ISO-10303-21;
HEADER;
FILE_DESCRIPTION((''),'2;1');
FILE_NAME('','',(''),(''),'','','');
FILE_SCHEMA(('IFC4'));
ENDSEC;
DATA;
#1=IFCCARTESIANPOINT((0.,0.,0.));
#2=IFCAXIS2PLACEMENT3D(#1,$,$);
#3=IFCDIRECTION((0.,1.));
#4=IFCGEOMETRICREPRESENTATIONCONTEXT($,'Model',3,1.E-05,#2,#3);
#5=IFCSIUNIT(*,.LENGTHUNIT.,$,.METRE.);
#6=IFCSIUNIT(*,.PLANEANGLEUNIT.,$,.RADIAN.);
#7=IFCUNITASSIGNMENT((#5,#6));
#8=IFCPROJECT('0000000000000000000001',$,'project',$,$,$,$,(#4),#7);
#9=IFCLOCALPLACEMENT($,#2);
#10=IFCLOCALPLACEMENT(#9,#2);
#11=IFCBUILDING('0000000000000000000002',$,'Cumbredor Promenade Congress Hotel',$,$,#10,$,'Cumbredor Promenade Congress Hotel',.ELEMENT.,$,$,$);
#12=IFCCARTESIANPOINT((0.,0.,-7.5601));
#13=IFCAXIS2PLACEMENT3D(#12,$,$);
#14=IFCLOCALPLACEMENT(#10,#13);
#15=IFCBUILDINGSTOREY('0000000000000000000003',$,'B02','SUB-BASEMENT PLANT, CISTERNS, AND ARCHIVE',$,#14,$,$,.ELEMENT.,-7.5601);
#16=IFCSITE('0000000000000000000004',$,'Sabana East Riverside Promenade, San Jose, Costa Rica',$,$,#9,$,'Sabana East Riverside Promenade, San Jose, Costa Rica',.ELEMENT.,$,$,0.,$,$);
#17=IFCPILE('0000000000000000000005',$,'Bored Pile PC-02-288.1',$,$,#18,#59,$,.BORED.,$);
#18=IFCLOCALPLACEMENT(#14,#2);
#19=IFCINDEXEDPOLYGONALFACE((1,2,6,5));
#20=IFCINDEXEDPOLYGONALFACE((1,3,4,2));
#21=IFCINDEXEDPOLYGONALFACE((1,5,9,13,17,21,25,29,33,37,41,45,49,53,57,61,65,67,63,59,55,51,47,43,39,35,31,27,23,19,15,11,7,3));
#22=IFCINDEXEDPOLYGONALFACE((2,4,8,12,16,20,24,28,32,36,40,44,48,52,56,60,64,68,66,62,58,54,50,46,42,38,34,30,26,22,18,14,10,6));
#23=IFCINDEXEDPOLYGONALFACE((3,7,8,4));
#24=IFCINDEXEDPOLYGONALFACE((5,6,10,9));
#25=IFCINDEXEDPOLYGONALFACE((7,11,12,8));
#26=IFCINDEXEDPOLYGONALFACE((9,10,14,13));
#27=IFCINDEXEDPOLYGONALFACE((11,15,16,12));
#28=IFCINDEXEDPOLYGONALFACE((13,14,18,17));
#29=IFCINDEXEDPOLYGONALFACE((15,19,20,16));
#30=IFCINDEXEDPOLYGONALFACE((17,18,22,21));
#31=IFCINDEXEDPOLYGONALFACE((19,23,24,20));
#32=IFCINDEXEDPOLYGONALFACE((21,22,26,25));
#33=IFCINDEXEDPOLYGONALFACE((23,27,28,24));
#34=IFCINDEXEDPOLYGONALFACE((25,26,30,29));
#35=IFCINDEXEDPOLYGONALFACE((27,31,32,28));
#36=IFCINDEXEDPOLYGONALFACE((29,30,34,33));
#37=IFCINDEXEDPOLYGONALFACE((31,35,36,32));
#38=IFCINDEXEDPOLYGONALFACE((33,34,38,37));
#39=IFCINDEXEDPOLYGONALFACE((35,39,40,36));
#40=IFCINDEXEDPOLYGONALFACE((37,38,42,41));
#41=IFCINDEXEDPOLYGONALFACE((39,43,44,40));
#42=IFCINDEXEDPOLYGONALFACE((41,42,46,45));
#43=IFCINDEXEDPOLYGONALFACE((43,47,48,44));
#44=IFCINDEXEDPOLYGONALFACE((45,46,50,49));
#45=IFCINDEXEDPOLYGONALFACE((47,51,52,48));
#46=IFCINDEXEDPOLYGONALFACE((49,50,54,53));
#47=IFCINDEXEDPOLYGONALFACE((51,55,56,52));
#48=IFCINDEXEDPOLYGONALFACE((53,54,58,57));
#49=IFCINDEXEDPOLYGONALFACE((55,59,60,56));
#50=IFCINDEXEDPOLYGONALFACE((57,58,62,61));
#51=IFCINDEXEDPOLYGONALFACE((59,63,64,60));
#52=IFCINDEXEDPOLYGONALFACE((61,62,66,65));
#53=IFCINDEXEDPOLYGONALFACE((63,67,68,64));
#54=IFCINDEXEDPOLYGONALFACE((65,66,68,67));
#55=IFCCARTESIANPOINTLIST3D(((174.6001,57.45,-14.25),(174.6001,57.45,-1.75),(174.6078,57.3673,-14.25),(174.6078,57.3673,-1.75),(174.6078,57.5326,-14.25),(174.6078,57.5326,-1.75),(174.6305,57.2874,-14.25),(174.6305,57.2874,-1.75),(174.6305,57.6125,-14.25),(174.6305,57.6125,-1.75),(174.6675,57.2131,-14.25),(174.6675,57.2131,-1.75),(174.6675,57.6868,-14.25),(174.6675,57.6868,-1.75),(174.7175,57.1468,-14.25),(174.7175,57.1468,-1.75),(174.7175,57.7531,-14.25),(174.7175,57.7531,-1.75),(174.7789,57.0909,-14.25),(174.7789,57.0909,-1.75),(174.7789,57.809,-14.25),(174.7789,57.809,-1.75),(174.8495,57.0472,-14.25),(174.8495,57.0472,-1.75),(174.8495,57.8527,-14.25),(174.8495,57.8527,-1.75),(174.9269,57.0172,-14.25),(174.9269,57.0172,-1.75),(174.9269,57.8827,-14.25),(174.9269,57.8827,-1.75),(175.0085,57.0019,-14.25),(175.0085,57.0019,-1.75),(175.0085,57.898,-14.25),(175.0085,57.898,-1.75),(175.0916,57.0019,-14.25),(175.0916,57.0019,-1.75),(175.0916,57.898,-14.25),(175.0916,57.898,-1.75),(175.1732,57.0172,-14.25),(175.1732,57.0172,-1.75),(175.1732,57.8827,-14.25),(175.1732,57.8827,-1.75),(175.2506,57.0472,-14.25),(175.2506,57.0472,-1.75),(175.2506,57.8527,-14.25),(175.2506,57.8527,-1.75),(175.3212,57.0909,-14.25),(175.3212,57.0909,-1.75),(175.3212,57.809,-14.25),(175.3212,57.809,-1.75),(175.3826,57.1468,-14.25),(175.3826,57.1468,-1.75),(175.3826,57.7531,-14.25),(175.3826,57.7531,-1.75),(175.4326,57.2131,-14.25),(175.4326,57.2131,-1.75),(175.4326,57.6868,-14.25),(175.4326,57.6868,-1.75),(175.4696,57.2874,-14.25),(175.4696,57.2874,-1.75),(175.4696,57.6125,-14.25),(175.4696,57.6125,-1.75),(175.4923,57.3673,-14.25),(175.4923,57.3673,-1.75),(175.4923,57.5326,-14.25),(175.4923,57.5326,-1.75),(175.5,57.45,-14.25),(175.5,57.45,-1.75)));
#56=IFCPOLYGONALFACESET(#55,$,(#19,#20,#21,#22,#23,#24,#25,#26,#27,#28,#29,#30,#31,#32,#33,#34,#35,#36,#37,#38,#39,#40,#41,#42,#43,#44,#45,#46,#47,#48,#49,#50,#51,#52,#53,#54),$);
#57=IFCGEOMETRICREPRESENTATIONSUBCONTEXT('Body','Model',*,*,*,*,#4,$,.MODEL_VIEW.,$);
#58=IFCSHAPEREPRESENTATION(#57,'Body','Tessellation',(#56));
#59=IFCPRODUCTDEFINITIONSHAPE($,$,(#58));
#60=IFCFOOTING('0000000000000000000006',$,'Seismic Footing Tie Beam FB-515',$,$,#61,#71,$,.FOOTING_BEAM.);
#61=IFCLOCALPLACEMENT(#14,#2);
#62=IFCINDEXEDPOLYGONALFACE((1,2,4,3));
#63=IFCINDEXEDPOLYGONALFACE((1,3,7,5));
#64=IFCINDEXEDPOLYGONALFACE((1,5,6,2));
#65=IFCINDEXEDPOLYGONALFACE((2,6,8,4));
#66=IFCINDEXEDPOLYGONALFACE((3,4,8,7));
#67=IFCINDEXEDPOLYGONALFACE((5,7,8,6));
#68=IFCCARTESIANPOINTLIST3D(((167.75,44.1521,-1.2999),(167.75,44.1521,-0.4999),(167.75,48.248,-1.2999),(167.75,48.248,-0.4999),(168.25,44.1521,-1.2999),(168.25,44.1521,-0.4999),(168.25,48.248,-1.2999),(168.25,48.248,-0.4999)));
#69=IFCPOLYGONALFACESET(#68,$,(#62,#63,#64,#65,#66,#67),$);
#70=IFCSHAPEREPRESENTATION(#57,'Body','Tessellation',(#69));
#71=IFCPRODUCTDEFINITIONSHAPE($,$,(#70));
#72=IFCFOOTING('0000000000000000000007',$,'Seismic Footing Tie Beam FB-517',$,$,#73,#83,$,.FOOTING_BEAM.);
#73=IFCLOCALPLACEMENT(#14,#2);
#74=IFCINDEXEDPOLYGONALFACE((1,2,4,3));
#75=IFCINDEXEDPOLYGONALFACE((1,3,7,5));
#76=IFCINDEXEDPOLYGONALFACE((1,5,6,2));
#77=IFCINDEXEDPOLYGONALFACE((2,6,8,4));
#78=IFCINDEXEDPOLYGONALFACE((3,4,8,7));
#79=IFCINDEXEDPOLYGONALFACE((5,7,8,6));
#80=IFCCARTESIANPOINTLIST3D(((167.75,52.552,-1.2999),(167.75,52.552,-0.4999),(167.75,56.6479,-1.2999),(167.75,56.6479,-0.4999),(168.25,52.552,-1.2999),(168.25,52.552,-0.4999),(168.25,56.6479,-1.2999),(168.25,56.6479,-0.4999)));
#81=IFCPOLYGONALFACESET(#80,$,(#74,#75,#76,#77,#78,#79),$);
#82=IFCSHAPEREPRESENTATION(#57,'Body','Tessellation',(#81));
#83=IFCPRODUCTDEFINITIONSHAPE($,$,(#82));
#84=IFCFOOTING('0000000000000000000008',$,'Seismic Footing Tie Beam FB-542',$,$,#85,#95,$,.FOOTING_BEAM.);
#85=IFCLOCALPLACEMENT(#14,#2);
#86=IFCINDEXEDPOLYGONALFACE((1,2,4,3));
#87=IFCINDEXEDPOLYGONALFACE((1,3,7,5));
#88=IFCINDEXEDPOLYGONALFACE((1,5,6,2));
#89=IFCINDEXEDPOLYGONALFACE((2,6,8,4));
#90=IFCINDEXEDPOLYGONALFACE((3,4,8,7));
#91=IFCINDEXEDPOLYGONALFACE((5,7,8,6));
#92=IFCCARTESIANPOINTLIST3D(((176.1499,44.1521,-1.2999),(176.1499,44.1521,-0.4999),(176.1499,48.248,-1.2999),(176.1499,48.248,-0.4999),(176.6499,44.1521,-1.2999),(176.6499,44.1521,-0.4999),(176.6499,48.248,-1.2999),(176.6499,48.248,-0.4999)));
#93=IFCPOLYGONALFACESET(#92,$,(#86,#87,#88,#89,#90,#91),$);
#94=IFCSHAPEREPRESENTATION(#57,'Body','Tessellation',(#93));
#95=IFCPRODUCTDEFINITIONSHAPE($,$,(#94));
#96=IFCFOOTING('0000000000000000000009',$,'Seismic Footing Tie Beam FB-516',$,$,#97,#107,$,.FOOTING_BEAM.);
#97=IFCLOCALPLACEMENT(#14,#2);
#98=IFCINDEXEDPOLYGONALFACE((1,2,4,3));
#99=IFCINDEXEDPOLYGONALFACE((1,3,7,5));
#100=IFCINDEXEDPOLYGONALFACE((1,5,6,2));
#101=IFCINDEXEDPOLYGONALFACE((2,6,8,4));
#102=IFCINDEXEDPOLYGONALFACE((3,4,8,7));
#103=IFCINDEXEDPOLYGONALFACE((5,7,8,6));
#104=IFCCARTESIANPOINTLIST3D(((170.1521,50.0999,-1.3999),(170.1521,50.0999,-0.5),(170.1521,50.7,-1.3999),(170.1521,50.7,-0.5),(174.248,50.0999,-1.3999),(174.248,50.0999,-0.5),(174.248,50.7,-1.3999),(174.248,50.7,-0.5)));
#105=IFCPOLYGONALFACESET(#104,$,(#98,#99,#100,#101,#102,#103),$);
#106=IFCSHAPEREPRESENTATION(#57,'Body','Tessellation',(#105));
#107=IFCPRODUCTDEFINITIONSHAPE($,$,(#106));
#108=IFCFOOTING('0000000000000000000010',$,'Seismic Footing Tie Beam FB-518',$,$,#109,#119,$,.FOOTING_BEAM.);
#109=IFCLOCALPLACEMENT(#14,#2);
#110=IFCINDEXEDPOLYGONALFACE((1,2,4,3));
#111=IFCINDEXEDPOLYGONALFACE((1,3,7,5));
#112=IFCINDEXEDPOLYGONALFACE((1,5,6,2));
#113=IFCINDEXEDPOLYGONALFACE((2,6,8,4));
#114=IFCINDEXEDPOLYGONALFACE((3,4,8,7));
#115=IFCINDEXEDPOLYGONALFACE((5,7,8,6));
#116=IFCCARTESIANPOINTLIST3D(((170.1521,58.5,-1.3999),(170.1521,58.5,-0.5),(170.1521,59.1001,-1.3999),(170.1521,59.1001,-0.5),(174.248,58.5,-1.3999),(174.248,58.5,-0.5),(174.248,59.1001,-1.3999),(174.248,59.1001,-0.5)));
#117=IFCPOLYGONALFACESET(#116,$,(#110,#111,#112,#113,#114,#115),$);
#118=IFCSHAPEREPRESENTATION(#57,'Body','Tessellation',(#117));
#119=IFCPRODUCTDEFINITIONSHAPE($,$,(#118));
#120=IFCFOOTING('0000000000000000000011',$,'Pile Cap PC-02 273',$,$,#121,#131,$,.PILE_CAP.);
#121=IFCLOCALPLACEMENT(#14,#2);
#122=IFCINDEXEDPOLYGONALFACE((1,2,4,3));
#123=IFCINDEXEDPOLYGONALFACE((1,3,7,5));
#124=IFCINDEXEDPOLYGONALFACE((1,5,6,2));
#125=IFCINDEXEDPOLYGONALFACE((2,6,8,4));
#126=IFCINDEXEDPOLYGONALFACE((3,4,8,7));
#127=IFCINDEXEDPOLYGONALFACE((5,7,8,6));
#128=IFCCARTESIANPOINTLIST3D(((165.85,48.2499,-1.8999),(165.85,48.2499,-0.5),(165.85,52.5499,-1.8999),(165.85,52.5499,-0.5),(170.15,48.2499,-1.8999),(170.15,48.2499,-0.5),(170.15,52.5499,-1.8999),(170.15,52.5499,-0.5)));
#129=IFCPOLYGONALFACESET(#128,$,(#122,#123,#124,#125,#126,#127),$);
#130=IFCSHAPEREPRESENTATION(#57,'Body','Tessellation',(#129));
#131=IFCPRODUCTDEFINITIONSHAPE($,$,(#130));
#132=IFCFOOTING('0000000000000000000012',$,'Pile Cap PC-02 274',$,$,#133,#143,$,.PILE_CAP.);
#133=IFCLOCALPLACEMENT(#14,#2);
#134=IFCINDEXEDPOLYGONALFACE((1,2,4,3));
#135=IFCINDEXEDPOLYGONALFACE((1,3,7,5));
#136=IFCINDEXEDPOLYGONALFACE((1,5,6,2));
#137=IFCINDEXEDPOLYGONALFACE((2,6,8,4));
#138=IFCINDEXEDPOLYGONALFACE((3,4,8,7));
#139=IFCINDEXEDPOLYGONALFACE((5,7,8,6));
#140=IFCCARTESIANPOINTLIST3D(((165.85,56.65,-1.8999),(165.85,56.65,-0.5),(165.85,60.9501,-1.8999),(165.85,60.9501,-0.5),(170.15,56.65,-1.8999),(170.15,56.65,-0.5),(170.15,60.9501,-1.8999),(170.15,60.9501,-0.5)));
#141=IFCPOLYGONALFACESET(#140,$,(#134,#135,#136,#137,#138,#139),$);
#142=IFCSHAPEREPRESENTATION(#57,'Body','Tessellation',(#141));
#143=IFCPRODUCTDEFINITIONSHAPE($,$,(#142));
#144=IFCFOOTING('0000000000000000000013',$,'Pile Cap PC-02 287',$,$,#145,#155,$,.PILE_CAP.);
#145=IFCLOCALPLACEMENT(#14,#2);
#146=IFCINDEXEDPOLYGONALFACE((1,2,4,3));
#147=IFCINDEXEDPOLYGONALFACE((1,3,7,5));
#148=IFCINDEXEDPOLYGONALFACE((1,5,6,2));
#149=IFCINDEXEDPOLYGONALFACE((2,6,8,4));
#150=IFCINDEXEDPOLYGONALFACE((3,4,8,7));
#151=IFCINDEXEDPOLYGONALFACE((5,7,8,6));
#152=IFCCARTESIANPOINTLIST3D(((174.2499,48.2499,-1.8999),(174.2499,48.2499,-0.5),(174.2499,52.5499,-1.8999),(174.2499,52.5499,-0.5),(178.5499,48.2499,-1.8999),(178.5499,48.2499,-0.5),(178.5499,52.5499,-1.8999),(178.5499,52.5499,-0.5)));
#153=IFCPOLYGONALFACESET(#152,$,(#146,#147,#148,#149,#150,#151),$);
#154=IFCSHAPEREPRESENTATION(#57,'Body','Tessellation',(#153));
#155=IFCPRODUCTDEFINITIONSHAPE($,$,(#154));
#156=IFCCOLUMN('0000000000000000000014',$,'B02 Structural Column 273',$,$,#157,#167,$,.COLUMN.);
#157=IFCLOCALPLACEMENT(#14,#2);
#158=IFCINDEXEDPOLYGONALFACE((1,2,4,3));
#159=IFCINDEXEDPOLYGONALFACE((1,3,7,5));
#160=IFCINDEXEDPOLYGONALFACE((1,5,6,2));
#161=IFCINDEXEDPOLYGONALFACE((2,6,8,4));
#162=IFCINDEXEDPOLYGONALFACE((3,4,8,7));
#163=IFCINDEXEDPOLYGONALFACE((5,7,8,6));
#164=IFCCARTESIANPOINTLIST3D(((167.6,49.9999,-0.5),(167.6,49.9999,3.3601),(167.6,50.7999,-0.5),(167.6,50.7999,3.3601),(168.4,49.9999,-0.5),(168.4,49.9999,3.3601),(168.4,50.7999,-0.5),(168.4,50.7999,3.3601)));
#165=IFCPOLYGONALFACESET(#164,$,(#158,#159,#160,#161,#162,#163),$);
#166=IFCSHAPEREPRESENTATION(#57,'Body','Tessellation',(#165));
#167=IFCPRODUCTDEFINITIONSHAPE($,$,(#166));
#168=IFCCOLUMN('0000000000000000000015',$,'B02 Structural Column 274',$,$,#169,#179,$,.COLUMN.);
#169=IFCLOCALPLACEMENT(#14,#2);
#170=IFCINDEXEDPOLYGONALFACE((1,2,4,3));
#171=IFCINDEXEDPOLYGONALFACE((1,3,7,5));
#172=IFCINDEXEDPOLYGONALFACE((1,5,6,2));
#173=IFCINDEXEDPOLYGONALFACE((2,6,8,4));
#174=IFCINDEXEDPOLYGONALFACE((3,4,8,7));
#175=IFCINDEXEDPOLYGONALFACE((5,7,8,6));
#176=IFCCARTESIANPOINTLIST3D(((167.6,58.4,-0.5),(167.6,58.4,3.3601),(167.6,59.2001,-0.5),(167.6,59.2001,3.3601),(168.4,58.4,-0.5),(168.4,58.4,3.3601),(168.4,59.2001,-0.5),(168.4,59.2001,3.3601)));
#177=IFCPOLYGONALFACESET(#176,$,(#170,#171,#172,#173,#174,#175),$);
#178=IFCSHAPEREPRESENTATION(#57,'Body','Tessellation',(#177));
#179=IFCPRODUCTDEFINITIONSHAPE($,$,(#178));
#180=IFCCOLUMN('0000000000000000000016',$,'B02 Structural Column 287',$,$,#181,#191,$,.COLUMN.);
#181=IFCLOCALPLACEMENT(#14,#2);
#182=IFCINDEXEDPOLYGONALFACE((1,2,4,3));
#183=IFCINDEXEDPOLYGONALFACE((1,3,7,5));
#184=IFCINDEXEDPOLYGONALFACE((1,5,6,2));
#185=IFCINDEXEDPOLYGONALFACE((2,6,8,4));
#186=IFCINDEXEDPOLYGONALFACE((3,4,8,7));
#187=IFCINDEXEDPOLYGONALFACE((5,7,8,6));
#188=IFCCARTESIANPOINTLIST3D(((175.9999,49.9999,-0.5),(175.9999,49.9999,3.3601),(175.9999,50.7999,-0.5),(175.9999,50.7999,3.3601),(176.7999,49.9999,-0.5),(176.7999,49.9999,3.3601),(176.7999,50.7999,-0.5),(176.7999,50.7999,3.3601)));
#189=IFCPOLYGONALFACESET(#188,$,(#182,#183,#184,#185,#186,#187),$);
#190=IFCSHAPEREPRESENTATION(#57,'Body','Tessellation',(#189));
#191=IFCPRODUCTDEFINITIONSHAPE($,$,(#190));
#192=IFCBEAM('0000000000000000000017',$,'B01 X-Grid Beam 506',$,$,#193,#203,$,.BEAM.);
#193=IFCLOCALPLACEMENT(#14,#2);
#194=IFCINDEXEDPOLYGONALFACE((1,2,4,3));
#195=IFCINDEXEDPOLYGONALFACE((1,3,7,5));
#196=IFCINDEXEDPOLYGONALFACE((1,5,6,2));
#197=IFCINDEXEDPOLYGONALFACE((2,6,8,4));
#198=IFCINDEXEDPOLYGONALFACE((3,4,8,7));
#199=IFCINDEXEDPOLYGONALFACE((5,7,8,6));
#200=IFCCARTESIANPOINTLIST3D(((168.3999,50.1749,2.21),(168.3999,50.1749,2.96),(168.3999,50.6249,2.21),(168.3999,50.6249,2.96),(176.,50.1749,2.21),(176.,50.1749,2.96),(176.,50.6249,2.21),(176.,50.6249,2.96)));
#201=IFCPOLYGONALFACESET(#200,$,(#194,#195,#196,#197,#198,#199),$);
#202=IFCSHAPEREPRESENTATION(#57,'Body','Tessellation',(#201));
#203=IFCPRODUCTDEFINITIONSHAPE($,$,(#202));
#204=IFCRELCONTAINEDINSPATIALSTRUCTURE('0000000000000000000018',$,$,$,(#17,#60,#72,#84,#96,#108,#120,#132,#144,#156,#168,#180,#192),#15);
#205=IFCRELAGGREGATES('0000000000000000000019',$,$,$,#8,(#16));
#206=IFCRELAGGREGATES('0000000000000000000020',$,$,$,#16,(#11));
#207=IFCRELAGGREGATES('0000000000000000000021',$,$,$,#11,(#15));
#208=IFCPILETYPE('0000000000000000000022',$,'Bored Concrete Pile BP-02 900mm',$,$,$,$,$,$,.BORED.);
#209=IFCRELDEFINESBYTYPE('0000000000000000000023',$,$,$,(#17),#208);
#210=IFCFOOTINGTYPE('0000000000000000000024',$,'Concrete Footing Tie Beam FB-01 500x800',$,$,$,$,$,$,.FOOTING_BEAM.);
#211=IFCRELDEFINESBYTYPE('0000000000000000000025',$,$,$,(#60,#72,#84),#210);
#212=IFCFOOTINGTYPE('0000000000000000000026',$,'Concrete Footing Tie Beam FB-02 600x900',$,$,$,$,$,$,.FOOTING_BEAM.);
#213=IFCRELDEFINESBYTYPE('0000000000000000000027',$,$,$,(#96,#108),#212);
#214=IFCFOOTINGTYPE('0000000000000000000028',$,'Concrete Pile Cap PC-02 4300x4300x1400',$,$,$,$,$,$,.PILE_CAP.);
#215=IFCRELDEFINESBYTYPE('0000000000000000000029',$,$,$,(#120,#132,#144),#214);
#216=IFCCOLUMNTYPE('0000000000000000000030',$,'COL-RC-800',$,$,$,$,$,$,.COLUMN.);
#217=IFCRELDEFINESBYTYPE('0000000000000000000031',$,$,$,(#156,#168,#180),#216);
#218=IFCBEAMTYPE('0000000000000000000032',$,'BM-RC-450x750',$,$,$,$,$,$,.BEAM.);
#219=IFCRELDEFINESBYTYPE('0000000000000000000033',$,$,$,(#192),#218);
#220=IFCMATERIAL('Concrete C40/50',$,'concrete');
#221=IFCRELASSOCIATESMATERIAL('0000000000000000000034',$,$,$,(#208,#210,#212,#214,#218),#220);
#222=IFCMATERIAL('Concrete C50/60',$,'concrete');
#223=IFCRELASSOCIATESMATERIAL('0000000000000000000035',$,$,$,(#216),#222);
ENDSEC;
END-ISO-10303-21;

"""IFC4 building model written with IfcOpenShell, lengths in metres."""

from ifc_helpers import new_model, si_unit, direction, frame, origin, origin_2d, place, context, subcontext, project, spatial, rectangle, circle, extrude, material, material_profile, profile_set, type_object, element, save


model = new_model("IFC4")

# Units and contexts
model_context = context("Model", 3, precision=1e-05, world=origin(), true_north=direction((0.0, 1.0)))
body_context = subcontext(model_context, "Body", "Model", "MODEL_VIEW")
ifc_project = project(units=[si_unit("LENGTHUNIT", "METRE"), si_unit("PLANEANGLEUNIT", "RADIAN")], contexts=[model_context])

# Site, building, storey
site_placement = place(None, origin())
site = spatial("IfcSite", under=ifc_project, at=site_placement, Name="Sabana East Riverside Promenade, San Jose, Costa Rica", LongName="Sabana East Riverside Promenade, San Jose, Costa Rica", CompositionType="ELEMENT", RefElevation=0.0)
building_placement = place(site_placement, origin())
building = spatial("IfcBuilding", under=site, at=building_placement, Name="Cumbredor Promenade Congress Hotel", LongName="Cumbredor Promenade Congress Hotel", CompositionType="ELEMENT")
storey_placement = place(building_placement, frame((0.0, 0.0, -7.5601)))
storey = spatial("IfcBuildingStorey", under=building, at=storey_placement, Name="B02", Description="SUB-BASEMENT PLANT, CISTERNS, AND ARCHIVE", CompositionType="ELEMENT", Elevation=-7.5601)

# Pile
ifc_material_1 = material(Name="Concrete C40/50", Category="concrete")
ifc_material_profile_1 = material_profile(ifc_material_1, circle(Radius=0.45, at=origin_2d()), Name="PILE D900")
ifc_profile_set_1 = profile_set([ifc_material_profile_1], Name="Concrete C40/50")
pile_type = type_object("IfcPileType", Name="Bored Concrete Pile BP-02 900mm", PredefinedType="BORED", material=ifc_profile_set_1)
for number, where, z_axis, x_axis, name in (
    (1, (175.05, 57.45, -1.75), (0.0, 0.0, -1.0), (1.0, 0.0, 0.0), "Bored Pile PC-02-288.1"),
):
    element("IfcPile", number, at=place(storey_placement, frame(where, z_axis=z_axis, x_axis=x_axis)), inside=storey, type_object=pile_type, Name=name, PredefinedType="BORED", context=body_context, shape_type="SweptSolid", body=[
        extrude(circle(Radius=0.45, at=origin_2d()), origin(), (0.0, 0.0, 1.0), 12.5),
    ])

# Footings
ifc_material_profile_2 = material_profile(ifc_material_1, rectangle(XDim=0.5, YDim=0.8, at=origin_2d()), Name="FB 500x800")
ifc_profile_set_2 = profile_set([ifc_material_profile_2], Name="Concrete C40/50")
footing_type_1 = type_object("IfcFootingType", Name="Concrete Footing Tie Beam FB-01 500x800", PredefinedType="FOOTING_BEAM", material=ifc_profile_set_2)
for number, where, z_axis, x_axis, name in (
    (2, (168.0, 44.1521, -0.8999), (0.0, 1.0, 0.0), (-1.0, 0.0, 0.0), "Seismic Footing Tie Beam FB-515"),
    (3, (168.0, 52.552, -0.8999), (0.0, 1.0, 0.0), (-1.0, 0.0, 0.0), "Seismic Footing Tie Beam FB-517"),
    (4, (176.3999, 44.1521, -0.8999), (0.0, 1.0, 0.0), (-1.0, 0.0, 0.0), "Seismic Footing Tie Beam FB-542"),
):
    element("IfcFooting", number, at=place(storey_placement, frame(where, z_axis=z_axis, x_axis=x_axis)), inside=storey, type_object=footing_type_1, Name=name, PredefinedType="FOOTING_BEAM", context=body_context, shape_type="SweptSolid", body=[
        extrude(rectangle(XDim=0.5, YDim=0.8, at=origin_2d()), origin(), (0.0, 0.0, 1.0), 4.0959),
    ])
ifc_material_profile_3 = material_profile(ifc_material_1, rectangle(XDim=0.6001, YDim=0.8999, at=origin_2d()), Name="FB 600x900")
ifc_profile_set_3 = profile_set([ifc_material_profile_3], Name="Concrete C40/50")
footing_type_2 = type_object("IfcFootingType", Name="Concrete Footing Tie Beam FB-02 600x900", PredefinedType="FOOTING_BEAM", material=ifc_profile_set_3)
for number, where, z_axis, x_axis, name in (
    (5, (170.1521, 50.3999, -0.95), (1.0, 0.0, 0.0), (0.0, 1.0, 0.0), "Seismic Footing Tie Beam FB-516"),
    (6, (170.1521, 58.8, -0.95), (1.0, 0.0, 0.0), (0.0, 1.0, 0.0), "Seismic Footing Tie Beam FB-518"),
):
    element("IfcFooting", number, at=place(storey_placement, frame(where, z_axis=z_axis, x_axis=x_axis)), inside=storey, type_object=footing_type_2, Name=name, PredefinedType="FOOTING_BEAM", context=body_context, shape_type="SweptSolid", body=[
        extrude(rectangle(XDim=0.6001, YDim=0.8999, at=origin_2d()), origin(), (0.0, 0.0, 1.0), 4.0959),
    ])
footing_type_3 = type_object("IfcFootingType", Name="Concrete Pile Cap PC-02 4300x4300x1400", PredefinedType="PILE_CAP", material=ifc_material_1)
for number, where, z_axis, x_axis, name in (
    (7, (168.0, 50.3999, -1.8999), (0.0, 0.0, 1.0), (1.0, 0.0, 0.0), "Pile Cap PC-02 273"),
    (8, (168.0, 58.8, -1.8999), (0.0, 0.0, 1.0), (1.0, 0.0, 0.0), "Pile Cap PC-02 274"),
    (9, (176.3999, 50.3999, -1.8999), (0.0, 0.0, 1.0), (1.0, 0.0, 0.0), "Pile Cap PC-02 287"),
):
    element("IfcFooting", number, at=place(storey_placement, frame(where, z_axis=z_axis, x_axis=x_axis)), inside=storey, type_object=footing_type_3, Name=name, PredefinedType="PILE_CAP", context=body_context, shape_type="SweptSolid", body=[
        extrude(rectangle(XDim=4.3, YDim=4.3, at=origin_2d()), origin(), (0.0, 0.0, 1.0), 1.3999),
    ])

# Columns
ifc_material_2 = material(Name="Concrete C50/60", Category="concrete")
ifc_material_profile_4 = material_profile(ifc_material_2, rectangle(XDim=0.8, YDim=0.8, at=origin_2d()), Name="RC 800x800")
ifc_profile_set_4 = profile_set([ifc_material_profile_4], Name="Concrete C50/60")
column_type = type_object("IfcColumnType", Name="COL-RC-800", PredefinedType="COLUMN", material=ifc_profile_set_4)
for number, where, z_axis, x_axis, name in (
    (10, (168.0, 50.3999, -0.5), (0.0, 0.0, 1.0), (1.0, 0.0, 0.0), "B02 Structural Column 273"),
    (11, (168.0, 58.8, -0.5), (0.0, 0.0, 1.0), (1.0, 0.0, 0.0), "B02 Structural Column 274"),
    (12, (176.3999, 50.3999, -0.5), (0.0, 0.0, 1.0), (1.0, 0.0, 0.0), "B02 Structural Column 287"),
):
    element("IfcColumn", number, at=place(storey_placement, frame(where, z_axis=z_axis, x_axis=x_axis)), inside=storey, type_object=column_type, Name=name, PredefinedType="COLUMN", context=body_context, shape_type="SweptSolid", body=[
        extrude(rectangle(XDim=0.8, YDim=0.8, at=origin_2d()), origin(), (0.0, 0.0, 1.0), 3.8601),
    ])

# Beam
ifc_material_profile_5 = material_profile(ifc_material_1, rectangle(XDim=0.45, YDim=0.75, at=origin_2d()), Name="RC BEAM 450x750")
ifc_profile_set_5 = profile_set([ifc_material_profile_5], Name="Concrete C40/50")
beam_type_1 = type_object("IfcBeamType", Name="BM-RC-450x750", PredefinedType="BEAM", material=ifc_profile_set_5)
for number, where, z_axis, x_axis, name in (
    (13, (168.3999, 50.3999, 2.585), (1.0, 0.0, 0.0), (0.0, 1.0, 0.0), "B01 X-Grid Beam 506"),
):
    element("IfcBeam", number, at=place(storey_placement, frame(where, z_axis=z_axis, x_axis=x_axis)), inside=storey, type_object=beam_type_1, Name=name, PredefinedType="BEAM", context=body_context, shape_type="SweptSolid", body=[
        extrude(rectangle(XDim=0.45, YDim=0.75, at=origin_2d()), origin(), (0.0, 0.0, 1.0), 7.6001),
    ])

save(model, "model.ifc")
